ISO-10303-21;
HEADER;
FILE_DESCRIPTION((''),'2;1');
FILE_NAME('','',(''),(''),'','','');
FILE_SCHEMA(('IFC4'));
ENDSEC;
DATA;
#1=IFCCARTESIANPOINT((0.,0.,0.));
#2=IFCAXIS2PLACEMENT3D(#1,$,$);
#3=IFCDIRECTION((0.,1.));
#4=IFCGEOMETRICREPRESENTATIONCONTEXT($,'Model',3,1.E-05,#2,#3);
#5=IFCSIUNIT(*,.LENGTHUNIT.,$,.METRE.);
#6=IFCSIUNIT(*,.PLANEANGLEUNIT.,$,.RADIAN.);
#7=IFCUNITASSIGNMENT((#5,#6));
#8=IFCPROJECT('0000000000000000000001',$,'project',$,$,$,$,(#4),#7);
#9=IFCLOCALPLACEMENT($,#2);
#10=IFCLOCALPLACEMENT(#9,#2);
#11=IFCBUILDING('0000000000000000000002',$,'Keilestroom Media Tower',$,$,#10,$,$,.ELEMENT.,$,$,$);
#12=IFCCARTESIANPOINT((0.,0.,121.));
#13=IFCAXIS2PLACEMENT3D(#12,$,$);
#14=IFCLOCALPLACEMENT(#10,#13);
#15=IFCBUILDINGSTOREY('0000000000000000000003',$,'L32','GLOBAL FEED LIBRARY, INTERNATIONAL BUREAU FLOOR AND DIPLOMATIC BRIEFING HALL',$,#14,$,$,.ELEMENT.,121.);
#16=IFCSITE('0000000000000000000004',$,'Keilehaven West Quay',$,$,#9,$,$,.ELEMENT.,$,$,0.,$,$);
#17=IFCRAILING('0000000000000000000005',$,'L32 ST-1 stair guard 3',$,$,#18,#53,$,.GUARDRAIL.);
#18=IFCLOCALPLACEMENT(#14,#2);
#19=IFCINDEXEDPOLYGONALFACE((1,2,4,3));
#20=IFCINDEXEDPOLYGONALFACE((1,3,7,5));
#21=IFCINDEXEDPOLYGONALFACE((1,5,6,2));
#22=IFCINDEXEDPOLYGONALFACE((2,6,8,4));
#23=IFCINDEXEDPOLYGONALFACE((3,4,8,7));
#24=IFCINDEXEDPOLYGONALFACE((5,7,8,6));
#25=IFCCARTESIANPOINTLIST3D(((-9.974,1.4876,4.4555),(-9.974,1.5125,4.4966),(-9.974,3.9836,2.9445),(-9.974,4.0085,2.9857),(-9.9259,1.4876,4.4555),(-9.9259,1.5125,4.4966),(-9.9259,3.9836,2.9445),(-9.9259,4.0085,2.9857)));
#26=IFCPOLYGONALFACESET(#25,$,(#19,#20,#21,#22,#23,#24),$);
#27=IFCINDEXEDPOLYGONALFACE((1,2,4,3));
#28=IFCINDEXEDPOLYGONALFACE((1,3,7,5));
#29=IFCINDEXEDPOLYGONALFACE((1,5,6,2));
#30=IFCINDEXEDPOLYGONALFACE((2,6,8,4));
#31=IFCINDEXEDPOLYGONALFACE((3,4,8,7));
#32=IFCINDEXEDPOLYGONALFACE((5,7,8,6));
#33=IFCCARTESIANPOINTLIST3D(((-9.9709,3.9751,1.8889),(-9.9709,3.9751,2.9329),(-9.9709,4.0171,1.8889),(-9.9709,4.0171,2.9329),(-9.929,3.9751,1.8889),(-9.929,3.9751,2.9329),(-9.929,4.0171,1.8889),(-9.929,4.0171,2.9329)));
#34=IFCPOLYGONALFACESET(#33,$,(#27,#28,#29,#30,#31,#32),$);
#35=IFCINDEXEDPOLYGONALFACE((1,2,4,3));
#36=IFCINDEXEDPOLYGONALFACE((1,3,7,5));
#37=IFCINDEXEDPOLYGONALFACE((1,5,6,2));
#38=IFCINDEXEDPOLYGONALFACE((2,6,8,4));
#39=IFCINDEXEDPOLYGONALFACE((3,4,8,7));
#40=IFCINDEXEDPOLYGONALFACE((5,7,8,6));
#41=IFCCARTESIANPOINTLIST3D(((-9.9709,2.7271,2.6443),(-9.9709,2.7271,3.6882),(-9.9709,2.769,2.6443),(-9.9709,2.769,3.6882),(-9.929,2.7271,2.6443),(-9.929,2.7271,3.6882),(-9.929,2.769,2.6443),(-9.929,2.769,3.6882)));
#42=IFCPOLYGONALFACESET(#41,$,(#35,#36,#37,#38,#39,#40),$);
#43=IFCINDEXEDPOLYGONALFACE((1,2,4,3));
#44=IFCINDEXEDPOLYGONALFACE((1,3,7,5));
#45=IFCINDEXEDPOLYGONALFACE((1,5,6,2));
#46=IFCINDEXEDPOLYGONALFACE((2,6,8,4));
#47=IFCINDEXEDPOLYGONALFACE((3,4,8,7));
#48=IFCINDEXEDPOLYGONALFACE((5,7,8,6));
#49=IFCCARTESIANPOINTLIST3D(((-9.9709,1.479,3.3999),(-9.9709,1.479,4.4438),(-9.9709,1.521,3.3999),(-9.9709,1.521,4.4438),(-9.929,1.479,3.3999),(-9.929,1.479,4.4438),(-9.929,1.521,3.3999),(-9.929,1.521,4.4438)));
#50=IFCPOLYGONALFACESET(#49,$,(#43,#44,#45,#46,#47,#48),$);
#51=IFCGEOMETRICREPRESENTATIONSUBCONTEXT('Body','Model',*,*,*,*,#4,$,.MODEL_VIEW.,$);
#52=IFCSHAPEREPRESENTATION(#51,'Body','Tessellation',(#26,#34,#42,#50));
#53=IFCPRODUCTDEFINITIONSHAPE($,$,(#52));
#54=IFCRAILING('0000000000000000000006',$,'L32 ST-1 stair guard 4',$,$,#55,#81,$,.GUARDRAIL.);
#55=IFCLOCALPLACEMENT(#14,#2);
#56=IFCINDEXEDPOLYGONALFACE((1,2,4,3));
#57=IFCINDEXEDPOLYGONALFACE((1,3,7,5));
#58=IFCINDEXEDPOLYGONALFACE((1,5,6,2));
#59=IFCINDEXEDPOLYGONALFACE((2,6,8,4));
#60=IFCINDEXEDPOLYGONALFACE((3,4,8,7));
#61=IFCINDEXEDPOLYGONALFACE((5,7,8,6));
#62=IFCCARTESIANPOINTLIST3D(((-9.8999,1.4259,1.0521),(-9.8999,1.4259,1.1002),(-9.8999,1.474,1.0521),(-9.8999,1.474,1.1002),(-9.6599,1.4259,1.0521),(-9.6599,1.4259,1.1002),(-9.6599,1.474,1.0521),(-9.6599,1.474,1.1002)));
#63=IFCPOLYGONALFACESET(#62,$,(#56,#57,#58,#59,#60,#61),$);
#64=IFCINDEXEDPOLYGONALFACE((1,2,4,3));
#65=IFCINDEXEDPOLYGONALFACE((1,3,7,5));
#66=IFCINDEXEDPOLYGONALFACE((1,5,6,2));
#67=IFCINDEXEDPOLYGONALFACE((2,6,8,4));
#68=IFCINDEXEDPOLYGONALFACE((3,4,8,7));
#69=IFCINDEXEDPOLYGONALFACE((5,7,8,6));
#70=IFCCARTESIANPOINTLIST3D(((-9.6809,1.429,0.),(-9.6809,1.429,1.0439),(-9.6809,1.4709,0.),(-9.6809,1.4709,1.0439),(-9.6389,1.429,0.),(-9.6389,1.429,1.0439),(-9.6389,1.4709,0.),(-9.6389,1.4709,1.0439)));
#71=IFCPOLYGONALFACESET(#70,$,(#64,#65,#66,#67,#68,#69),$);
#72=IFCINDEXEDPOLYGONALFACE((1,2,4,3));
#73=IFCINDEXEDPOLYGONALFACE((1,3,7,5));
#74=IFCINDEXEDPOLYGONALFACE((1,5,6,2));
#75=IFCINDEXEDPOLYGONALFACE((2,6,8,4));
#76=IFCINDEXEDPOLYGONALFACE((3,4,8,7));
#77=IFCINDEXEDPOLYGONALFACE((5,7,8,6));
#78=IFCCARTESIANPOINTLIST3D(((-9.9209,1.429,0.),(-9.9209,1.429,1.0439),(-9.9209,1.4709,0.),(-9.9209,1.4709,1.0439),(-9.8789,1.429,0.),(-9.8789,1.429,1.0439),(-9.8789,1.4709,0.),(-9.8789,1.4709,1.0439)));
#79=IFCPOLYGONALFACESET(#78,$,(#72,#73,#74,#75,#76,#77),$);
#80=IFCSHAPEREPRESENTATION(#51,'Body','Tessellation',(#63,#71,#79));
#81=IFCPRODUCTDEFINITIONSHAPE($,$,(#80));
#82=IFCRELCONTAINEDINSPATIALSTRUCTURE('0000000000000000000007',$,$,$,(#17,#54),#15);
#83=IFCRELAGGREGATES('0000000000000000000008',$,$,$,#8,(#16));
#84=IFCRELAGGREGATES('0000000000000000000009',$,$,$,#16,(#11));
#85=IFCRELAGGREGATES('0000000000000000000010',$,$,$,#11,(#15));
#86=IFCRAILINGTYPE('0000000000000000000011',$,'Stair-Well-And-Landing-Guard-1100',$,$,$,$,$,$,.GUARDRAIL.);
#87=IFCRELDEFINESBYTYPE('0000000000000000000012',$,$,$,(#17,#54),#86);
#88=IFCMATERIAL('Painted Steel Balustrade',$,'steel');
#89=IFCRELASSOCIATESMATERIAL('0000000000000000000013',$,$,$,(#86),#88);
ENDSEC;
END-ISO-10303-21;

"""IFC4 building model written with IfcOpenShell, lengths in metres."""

from ifc_helpers import new_model, si_unit, direction, frame, origin, origin_2d, place, context, subcontext, project, spatial, rectangle, extrude, material, type_object, element, save


model = new_model("IFC4")

# Units and contexts
model_context = context("Model", 3, precision=1e-05, world=origin(), true_north=direction((0.0, 1.0)))
body_context = subcontext(model_context, "Body", "Model", "MODEL_VIEW")
ifc_project = project(units=[si_unit("LENGTHUNIT", "METRE"), si_unit("PLANEANGLEUNIT", "RADIAN")], contexts=[model_context])

# Site, building, storey
site_placement = place(None, origin())
site = spatial("IfcSite", under=ifc_project, at=site_placement, Name="Keilehaven West Quay", CompositionType="ELEMENT", RefElevation=0.0)
building_placement = place(site_placement, origin())
building = spatial("IfcBuilding", under=site, at=building_placement, Name="Keilestroom Media Tower", CompositionType="ELEMENT")
storey_placement = place(building_placement, frame((0.0, 0.0, 121.0)))
storey = spatial("IfcBuildingStorey", under=building, at=storey_placement, Name="L32", Description="GLOBAL FEED LIBRARY, INTERNATIONAL BUREAU FLOOR AND DIPLOMATIC BRIEFING HALL", CompositionType="ELEMENT", Elevation=121.0)

# Railings
ifc_material_1 = material(Name="Painted Steel Balustrade", Category="steel")
railing_type_1 = type_object("IfcRailingType", Name="Stair-Well-And-Landing-Guard-1100", PredefinedType="GUARDRAIL", material=ifc_material_1)
railing_1_placement = place(storey_placement, frame((-9.95, 3.9961, 1.8889)))
element("IfcRailing", 1, at=railing_1_placement, inside=storey, type_object=railing_type_1, Name="L32 ST-1 stair guard 3", PredefinedType="GUARDRAIL", context=body_context, shape_type="SweptSolid", body=[
    extrude(rectangle(XDim=0.0481, YDim=0.0481, at=origin_2d()), frame((0.0, 0.0, 1.0762), z_axis=(0.0, -0.855471, 0.517851), x_axis=(1.0, 0.0, 0.0)), (0.0, 0.0, 1.0), 2.9177),
    extrude(rectangle(XDim=0.042, YDim=0.042, at=origin_2d()), origin(), (0.0, 0.0, 1.0), 1.0439),
    extrude(rectangle(XDim=0.042, YDim=0.042, at=origin_2d()), frame((0.0, -1.248, 0.7554)), (0.0, 0.0, 1.0), 1.0439),
    extrude(rectangle(XDim=0.042, YDim=0.042, at=origin_2d()), frame((0.0, -2.4961, 1.511)), (0.0, 0.0, 1.0), 1.0439),
])
railing_2_placement = place(storey_placement, frame((-9.6599, 1.45, 0.0)))
element("IfcRailing", 2, at=railing_2_placement, inside=storey, type_object=railing_type_1, Name="L32 ST-1 stair guard 4", PredefinedType="GUARDRAIL", context=body_context, shape_type="SweptSolid", body=[
    extrude(rectangle(XDim=0.0481, YDim=0.0481, at=origin_2d()), frame((0.0, 0.0, 1.0762), z_axis=(-1.0, 0.0, 0.0), x_axis=(0.0, -1.0, 0.0)), (0.0, 0.0, 1.0), 0.24),
    extrude(rectangle(XDim=0.042, YDim=0.042, at=origin_2d()), origin(), (0.0, 0.0, 1.0), 1.0439),
    extrude(rectangle(XDim=0.042, YDim=0.042, at=origin_2d()), frame((-0.24, 0.0, 0.0)), (0.0, 0.0, 1.0), 1.0439),
])

save(model, "model.ifc")
